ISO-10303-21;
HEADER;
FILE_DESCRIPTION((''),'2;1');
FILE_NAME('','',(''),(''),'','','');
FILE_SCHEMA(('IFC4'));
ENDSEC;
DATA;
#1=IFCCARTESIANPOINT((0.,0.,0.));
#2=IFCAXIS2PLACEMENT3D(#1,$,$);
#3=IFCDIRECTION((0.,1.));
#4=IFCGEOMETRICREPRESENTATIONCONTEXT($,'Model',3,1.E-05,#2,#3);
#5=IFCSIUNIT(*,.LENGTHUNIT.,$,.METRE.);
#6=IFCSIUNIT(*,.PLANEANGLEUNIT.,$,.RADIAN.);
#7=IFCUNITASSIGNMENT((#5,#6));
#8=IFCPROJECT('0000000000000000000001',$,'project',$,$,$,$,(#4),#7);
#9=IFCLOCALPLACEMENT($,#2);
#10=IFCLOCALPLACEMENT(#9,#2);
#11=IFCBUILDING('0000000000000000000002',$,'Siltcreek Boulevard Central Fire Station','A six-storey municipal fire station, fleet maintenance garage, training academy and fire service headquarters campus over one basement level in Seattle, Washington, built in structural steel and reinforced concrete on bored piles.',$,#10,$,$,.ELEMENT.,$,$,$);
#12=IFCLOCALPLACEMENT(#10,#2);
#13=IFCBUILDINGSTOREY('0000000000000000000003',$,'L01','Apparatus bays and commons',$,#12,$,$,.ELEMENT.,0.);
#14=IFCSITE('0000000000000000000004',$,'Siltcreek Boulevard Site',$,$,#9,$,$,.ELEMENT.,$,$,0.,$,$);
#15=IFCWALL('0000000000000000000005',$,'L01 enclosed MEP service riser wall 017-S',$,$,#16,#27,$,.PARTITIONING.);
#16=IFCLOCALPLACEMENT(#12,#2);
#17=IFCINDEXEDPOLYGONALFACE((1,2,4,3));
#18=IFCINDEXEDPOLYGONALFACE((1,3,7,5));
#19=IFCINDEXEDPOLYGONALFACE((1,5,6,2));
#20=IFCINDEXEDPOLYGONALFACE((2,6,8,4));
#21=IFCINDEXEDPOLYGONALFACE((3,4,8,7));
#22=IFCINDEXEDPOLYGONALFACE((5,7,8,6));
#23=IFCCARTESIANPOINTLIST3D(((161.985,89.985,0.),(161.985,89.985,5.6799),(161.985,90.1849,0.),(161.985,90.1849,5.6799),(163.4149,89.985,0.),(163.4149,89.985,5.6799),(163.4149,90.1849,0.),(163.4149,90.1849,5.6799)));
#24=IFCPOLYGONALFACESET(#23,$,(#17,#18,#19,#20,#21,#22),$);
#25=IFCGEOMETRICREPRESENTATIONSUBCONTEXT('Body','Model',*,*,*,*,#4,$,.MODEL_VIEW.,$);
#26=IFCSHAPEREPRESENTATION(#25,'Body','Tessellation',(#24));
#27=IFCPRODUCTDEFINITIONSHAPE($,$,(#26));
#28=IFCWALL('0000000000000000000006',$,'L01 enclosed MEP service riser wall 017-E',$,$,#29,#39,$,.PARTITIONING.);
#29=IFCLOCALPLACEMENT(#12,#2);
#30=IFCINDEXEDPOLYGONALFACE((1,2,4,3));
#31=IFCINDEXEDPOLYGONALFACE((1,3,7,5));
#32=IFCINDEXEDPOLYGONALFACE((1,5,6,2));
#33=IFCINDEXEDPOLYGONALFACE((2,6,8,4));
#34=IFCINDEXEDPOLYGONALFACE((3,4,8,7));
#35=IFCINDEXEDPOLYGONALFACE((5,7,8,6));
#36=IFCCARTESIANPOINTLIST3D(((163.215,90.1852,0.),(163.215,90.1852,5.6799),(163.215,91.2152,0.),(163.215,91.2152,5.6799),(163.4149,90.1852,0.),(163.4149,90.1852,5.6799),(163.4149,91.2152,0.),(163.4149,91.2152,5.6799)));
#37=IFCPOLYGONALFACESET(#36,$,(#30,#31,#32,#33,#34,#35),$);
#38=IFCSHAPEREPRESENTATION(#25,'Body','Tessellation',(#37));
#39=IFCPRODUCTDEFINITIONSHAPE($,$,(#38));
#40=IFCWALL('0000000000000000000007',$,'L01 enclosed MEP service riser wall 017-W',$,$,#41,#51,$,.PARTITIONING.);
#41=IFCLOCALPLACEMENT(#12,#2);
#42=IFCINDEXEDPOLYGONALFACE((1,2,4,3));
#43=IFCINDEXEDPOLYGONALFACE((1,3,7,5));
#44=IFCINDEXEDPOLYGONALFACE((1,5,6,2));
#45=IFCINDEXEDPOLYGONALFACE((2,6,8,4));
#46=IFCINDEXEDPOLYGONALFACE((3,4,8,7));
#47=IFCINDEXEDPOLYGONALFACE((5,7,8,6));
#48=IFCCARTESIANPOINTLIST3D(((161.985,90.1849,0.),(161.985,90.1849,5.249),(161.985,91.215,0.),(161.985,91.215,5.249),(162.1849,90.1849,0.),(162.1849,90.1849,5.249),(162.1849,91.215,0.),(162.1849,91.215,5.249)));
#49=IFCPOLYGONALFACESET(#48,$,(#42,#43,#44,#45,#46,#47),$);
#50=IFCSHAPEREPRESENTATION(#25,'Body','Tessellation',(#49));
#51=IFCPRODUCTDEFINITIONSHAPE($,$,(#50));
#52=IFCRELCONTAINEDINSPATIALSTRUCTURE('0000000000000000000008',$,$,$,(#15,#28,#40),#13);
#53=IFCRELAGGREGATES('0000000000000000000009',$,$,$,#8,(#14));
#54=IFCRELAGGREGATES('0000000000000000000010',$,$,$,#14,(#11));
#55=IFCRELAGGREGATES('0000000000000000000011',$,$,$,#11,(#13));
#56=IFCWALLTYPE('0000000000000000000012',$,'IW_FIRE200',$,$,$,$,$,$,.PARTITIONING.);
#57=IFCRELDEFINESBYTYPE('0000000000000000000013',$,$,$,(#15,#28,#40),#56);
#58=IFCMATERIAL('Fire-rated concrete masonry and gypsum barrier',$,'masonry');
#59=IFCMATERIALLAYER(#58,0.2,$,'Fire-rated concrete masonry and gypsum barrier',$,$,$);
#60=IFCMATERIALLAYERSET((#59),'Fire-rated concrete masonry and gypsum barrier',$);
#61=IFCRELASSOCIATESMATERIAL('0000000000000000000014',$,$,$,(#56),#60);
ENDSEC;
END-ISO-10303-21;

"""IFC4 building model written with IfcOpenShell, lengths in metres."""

from ifc_helpers import new_model, si_unit, direction, frame, frame_2d, origin, place, context, subcontext, project, spatial, rectangle, extrude, material, layer, layer_set, type_object, element, save


model = new_model("IFC4")

# Units and contexts
model_context = context("Model", 3, precision=1e-05, world=origin(), true_north=direction((0.0, 1.0)))
body_context = subcontext(model_context, "Body", "Model", "MODEL_VIEW")
ifc_project = project(units=[si_unit("LENGTHUNIT", "METRE"), si_unit("PLANEANGLEUNIT", "RADIAN")], contexts=[model_context])

# Site, building, storey
site_placement = place(None, origin())
site = spatial("IfcSite", under=ifc_project, at=site_placement, Name="Siltcreek Boulevard Site", CompositionType="ELEMENT", RefElevation=0.0)
building_placement = place(site_placement, origin())
building = spatial("IfcBuilding", under=site, at=building_placement, Name="Siltcreek Boulevard Central Fire Station", Description="A six-storey municipal fire station, fleet maintenance garage, training academy and fire service headquarters campus over one basement level in Seattle, Washington, built in structural steel and reinforced concrete on bored piles.", CompositionType="ELEMENT")
storey_placement = place(building_placement, origin())
storey = spatial("IfcBuildingStorey", under=building, at=storey_placement, Name="L01", Description="Apparatus bays and commons", CompositionType="ELEMENT", Elevation=0.0)

# Walls
ifc_material_1 = material(Name="Fire-rated concrete masonry and gypsum barrier", Category="masonry")
ifc_layer_1 = layer(ifc_material_1, 0.2, Name="Fire-rated concrete masonry and gypsum barrier")
ifc_layer_set_1 = layer_set([ifc_layer_1], Name="Fire-rated concrete masonry and gypsum barrier")
wall_type_1 = type_object("IfcWallType", Name="IW_FIRE200", PredefinedType="PARTITIONING", material=ifc_layer_set_1)
wall_1_placement = place(storey_placement, frame((161.9851, 90.085, 0.0), z_axis=(0.0, 0.0, 1.0), x_axis=(1.0, 0.0, 0.0)))
element("IfcWall", 1, at=wall_1_placement, inside=storey, type_object=wall_type_1, Name="L01 enclosed MEP service riser wall 017-S", PredefinedType="PARTITIONING", context=body_context, shape_type="SweptSolid", body=[
    extrude(rectangle(XDim=1.4299, YDim=0.2, at=frame_2d((0.7148, 0.0))), origin(), (0.0, 0.0, 1.0), 5.6799),
])
wall_2_placement = place(storey_placement, frame((163.3149, 90.1851, 0.0), z_axis=(0.0, 0.0, 1.0), x_axis=(0.0, 1.0, 0.0)))
element("IfcWall", 2, at=wall_2_placement, inside=storey, type_object=wall_type_1, Name="L01 enclosed MEP service riser wall 017-E", PredefinedType="PARTITIONING", context=body_context, shape_type="SweptSolid", body=[
    extrude(rectangle(XDim=1.03, YDim=0.2, at=frame_2d((0.5151, 0.0))), origin(), (0.0, 0.0, 1.0), 5.6799),
])
wall_3_placement = place(storey_placement, frame((162.085, 91.2151, 0.0), z_axis=(0.0, 0.0, 1.0), x_axis=(0.0, -1.0, 0.0)))
element("IfcWall", 3, at=wall_3_placement, inside=storey, type_object=wall_type_1, Name="L01 enclosed MEP service riser wall 017-W", PredefinedType="PARTITIONING", context=body_context, shape_type="SweptSolid", body=[
    extrude(rectangle(XDim=1.03, YDim=0.2, at=frame_2d((0.5151, 0.0))), origin(), (0.0, 0.0, 1.0), 5.249),
])

save(model, "model.ifc")
